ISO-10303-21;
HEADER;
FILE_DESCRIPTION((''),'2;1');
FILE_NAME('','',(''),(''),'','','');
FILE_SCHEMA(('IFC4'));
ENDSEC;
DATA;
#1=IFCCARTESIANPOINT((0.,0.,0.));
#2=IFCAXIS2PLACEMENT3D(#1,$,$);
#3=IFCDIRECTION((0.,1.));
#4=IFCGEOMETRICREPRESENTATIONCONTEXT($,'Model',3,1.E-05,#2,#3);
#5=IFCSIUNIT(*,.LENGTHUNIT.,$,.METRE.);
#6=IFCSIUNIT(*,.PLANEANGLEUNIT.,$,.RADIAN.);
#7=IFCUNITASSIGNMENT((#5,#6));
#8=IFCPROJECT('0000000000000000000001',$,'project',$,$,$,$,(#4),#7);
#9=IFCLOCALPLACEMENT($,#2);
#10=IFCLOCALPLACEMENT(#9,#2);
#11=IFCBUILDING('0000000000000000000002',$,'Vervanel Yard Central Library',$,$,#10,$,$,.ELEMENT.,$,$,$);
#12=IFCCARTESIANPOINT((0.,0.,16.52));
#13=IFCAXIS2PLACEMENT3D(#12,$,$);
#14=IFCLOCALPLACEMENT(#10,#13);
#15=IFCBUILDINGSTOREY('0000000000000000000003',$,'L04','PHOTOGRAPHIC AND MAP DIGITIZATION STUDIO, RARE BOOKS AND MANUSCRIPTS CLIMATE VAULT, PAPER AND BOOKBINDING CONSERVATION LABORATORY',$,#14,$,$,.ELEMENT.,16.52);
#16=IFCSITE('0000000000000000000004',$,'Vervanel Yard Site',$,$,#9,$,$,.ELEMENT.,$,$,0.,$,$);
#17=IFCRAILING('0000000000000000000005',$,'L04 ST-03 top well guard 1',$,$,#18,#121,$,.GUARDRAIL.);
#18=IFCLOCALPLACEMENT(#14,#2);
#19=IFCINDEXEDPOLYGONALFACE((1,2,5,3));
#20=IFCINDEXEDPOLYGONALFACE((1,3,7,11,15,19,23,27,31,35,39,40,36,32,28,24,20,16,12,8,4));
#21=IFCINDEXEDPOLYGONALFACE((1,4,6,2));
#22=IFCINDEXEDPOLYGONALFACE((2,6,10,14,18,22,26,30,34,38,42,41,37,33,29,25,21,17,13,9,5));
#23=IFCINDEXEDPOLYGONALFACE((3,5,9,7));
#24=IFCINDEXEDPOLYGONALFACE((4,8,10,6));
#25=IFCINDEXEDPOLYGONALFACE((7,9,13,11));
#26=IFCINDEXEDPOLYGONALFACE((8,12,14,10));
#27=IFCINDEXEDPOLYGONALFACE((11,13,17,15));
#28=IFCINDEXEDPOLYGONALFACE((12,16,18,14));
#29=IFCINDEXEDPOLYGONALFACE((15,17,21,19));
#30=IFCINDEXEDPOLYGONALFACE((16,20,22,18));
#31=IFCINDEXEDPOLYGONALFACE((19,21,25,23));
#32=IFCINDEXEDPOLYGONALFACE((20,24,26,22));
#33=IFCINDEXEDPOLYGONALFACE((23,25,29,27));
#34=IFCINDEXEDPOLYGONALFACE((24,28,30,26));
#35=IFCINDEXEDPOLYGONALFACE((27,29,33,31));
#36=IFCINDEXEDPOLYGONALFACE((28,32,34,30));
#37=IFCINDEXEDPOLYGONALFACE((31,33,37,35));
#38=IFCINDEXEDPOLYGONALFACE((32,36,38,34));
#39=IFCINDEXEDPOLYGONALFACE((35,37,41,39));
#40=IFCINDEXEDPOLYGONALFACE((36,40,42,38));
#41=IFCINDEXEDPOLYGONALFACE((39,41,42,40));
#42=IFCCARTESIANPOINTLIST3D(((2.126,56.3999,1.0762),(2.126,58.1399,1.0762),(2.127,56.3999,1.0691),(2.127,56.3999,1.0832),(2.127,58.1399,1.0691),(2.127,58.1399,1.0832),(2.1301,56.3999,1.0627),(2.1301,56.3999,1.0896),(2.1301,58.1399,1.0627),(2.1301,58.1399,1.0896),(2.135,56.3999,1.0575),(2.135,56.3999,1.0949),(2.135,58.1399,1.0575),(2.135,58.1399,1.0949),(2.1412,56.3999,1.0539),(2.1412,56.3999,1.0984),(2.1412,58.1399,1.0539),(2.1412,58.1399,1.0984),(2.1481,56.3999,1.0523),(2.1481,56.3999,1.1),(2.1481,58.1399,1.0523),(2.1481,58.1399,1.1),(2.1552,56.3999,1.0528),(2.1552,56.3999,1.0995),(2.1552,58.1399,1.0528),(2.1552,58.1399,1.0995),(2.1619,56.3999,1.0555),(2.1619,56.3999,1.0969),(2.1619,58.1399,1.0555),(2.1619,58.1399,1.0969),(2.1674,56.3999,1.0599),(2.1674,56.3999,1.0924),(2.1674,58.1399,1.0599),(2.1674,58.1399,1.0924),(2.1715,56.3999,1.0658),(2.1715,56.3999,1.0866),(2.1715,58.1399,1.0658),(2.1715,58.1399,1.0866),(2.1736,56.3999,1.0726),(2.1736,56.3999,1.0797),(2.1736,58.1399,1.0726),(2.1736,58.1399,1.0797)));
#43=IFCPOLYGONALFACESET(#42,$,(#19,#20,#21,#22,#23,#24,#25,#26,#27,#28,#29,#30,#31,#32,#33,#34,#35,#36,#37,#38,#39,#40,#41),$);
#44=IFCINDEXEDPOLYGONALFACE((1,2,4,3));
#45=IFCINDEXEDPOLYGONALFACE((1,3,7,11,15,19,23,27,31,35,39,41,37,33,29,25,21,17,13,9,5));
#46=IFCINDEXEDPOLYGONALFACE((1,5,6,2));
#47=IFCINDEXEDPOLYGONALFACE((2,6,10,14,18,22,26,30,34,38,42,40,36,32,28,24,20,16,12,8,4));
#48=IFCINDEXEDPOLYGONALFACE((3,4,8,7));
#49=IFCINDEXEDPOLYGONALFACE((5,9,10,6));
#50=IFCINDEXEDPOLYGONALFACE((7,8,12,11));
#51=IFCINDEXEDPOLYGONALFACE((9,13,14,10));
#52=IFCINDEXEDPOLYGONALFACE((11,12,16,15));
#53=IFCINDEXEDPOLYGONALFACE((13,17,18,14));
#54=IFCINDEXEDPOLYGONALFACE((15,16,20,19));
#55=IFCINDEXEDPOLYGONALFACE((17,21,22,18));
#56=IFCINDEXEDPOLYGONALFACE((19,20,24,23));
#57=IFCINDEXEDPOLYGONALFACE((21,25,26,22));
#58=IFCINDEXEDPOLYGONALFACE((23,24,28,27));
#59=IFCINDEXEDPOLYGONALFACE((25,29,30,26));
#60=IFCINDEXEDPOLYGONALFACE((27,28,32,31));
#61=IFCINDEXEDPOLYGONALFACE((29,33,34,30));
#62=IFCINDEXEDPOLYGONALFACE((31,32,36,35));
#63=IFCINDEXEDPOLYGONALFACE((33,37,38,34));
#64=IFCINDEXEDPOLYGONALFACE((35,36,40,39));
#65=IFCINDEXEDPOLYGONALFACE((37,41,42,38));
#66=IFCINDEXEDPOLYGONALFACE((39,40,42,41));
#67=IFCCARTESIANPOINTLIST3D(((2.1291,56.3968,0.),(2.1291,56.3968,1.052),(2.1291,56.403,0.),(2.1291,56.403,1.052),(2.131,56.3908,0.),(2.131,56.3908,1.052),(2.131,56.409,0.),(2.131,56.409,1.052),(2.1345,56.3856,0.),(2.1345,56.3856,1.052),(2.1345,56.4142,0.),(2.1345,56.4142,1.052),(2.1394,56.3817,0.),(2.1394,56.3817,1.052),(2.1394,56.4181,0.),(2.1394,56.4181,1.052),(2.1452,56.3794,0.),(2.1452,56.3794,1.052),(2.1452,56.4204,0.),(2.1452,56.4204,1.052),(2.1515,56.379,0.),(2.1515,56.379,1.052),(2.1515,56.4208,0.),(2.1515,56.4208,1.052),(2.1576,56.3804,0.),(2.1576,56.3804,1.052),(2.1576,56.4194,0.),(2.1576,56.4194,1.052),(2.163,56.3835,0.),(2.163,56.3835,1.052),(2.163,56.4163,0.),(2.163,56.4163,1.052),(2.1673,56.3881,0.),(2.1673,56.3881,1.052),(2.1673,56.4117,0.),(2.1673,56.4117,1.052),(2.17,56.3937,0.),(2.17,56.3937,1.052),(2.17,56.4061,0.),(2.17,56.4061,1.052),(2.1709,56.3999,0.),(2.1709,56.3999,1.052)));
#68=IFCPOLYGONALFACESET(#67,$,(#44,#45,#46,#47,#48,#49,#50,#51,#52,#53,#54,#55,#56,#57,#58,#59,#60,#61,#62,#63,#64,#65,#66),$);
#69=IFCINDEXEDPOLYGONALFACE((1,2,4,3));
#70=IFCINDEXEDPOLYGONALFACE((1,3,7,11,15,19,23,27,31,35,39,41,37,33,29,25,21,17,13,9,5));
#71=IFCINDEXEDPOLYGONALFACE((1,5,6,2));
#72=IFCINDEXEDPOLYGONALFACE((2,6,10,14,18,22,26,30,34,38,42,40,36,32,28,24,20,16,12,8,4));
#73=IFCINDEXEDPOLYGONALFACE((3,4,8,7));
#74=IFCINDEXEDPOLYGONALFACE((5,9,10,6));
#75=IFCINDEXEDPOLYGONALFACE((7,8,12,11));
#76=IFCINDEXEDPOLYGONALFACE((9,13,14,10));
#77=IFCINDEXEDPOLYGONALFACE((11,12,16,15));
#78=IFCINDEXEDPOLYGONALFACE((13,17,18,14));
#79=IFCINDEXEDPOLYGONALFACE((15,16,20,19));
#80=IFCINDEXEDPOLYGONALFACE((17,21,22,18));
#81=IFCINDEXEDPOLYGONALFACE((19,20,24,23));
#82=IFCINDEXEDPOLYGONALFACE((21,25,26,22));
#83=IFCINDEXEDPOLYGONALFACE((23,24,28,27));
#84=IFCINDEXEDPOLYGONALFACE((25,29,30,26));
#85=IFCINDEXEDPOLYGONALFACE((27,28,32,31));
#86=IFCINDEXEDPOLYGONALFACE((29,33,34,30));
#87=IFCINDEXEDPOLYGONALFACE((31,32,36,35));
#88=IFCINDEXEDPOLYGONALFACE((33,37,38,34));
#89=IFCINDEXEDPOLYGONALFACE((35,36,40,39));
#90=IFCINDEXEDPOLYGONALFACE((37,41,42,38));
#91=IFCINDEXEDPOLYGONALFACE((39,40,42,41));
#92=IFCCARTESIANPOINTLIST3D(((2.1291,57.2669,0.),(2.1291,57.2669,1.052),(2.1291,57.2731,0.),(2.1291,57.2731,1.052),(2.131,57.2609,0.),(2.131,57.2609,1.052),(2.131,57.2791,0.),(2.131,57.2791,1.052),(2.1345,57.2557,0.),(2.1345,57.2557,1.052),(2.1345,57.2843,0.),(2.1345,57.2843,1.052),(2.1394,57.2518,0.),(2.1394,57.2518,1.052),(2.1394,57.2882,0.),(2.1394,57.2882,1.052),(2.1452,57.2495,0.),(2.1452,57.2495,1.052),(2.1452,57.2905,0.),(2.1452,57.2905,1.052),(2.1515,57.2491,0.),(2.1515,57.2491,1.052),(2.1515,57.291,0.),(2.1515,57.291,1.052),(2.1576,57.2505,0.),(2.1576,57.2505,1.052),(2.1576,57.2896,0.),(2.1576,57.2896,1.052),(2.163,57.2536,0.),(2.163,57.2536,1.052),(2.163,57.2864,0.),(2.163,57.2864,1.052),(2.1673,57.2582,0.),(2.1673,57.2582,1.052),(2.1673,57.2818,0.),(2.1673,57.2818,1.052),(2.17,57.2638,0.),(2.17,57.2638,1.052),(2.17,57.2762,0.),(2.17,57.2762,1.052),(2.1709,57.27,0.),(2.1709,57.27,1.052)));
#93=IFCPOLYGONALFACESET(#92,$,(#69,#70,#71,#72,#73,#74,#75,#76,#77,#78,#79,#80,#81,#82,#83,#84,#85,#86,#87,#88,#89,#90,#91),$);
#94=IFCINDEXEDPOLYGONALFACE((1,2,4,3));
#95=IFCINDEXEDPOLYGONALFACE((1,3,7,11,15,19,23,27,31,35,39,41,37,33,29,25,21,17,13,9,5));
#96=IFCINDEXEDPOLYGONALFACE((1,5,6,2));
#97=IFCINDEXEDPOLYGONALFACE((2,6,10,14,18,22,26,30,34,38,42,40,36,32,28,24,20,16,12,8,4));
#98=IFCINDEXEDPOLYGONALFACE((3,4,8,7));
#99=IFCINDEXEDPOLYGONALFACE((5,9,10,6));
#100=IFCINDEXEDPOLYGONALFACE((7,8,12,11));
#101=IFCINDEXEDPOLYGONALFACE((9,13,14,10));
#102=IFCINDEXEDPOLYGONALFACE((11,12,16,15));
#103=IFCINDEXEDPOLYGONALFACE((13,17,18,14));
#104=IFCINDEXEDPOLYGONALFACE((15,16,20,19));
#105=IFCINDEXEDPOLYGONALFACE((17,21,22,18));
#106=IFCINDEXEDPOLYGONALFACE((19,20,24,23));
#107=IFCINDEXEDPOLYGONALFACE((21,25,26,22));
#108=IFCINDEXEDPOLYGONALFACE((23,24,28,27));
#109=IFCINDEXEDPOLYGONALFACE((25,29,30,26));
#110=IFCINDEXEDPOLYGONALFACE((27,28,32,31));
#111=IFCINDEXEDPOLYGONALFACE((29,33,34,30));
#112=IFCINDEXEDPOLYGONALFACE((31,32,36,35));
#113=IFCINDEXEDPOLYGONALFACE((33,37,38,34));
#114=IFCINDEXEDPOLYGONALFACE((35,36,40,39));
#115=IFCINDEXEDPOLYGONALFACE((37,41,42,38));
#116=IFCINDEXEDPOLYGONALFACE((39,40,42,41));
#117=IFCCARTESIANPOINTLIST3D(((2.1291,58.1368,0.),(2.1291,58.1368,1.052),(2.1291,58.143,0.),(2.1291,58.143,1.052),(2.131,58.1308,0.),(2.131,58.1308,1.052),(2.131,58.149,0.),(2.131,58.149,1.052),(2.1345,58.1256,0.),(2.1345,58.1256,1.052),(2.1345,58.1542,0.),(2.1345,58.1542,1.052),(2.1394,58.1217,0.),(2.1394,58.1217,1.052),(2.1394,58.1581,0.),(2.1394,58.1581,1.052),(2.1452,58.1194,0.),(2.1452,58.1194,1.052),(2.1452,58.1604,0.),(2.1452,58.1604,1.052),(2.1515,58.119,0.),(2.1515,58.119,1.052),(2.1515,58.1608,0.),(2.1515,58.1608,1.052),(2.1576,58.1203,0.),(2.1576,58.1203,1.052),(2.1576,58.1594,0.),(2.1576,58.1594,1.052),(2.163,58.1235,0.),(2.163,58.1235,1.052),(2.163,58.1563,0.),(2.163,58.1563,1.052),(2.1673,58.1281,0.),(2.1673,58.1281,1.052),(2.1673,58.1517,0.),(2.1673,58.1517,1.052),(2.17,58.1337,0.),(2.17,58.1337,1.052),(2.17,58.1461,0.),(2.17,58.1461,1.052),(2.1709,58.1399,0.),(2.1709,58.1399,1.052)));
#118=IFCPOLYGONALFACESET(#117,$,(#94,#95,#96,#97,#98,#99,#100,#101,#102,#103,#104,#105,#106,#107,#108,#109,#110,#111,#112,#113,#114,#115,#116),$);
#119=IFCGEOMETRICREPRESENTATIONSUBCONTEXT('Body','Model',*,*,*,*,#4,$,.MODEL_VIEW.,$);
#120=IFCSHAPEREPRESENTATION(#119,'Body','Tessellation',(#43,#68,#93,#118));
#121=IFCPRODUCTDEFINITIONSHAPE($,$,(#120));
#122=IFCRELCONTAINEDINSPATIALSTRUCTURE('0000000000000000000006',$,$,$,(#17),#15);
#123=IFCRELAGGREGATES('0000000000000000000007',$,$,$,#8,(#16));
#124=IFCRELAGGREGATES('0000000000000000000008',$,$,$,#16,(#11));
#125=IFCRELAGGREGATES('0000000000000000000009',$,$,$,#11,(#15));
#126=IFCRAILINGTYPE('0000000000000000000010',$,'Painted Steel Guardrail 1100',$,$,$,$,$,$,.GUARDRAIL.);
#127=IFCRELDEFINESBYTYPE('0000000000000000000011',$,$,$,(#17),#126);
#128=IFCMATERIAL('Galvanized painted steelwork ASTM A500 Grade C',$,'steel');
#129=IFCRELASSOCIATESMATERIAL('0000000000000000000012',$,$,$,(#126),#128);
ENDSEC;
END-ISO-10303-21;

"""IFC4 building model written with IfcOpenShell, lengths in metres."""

from ifc_helpers import new_model, si_unit, direction, frame, origin, origin_2d, place, context, subcontext, project, spatial, circle, extrude, material, type_object, element, save


model = new_model("IFC4")

# Units and contexts
model_context = context("Model", 3, precision=1e-05, world=origin(), true_north=direction((0.0, 1.0)))
body_context = subcontext(model_context, "Body", "Model", "MODEL_VIEW")
ifc_project = project(units=[si_unit("LENGTHUNIT", "METRE"), si_unit("PLANEANGLEUNIT", "RADIAN")], contexts=[model_context])

# Site, building, storey
site_placement = place(None, origin())
site = spatial("IfcSite", under=ifc_project, at=site_placement, Name="Vervanel Yard Site", CompositionType="ELEMENT", RefElevation=0.0)
building_placement = place(site_placement, origin())
building = spatial("IfcBuilding", under=site, at=building_placement, Name="Vervanel Yard Central Library", CompositionType="ELEMENT")
storey_placement = place(building_placement, frame((0.0, 0.0, 16.52)))
storey = spatial("IfcBuildingStorey", under=building, at=storey_placement, Name="L04", Description="PHOTOGRAPHIC AND MAP DIGITIZATION STUDIO, RARE BOOKS AND MANUSCRIPTS CLIMATE VAULT, PAPER AND BOOKBINDING CONSERVATION LABORATORY", CompositionType="ELEMENT", Elevation=16.52)

# Shared definitions
ifc_material_1 = material(Name="Galvanized painted steelwork ASTM A500 Grade C", Category="steel")

# Railing
railing_type_1 = type_object("IfcRailingType", Name="Painted Steel Guardrail 1100", PredefinedType="GUARDRAIL", material=ifc_material_1)
railing_1_placement = place(storey_placement, frame((2.1499, 56.3999, 0.0)))
element("IfcRailing", 1, at=railing_1_placement, inside=storey, type_object=railing_type_1, Name="L04 ST-03 top well guard 1", PredefinedType="GUARDRAIL", context=body_context, shape_type="SweptSolid", body=[
    extrude(circle(Radius=0.0239, at=origin_2d()), frame((0.0, 0.0, 1.0762), z_axis=(0.0, 1.0, 0.0), x_axis=(-1.0, 0.0, 0.0)), (0.0, 0.0, 1.0), 1.74),
    extrude(circle(Radius=0.021, at=origin_2d()), origin(), (0.0, 0.0, 1.0), 1.052),
    extrude(circle(Radius=0.021, at=origin_2d()), frame((0.0, 0.8701, 0.0)), (0.0, 0.0, 1.0), 1.052),
    extrude(circle(Radius=0.021, at=origin_2d()), frame((0.0, 1.74, 0.0)), (0.0, 0.0, 1.0), 1.052),
])

save(model, "model.ifc")
